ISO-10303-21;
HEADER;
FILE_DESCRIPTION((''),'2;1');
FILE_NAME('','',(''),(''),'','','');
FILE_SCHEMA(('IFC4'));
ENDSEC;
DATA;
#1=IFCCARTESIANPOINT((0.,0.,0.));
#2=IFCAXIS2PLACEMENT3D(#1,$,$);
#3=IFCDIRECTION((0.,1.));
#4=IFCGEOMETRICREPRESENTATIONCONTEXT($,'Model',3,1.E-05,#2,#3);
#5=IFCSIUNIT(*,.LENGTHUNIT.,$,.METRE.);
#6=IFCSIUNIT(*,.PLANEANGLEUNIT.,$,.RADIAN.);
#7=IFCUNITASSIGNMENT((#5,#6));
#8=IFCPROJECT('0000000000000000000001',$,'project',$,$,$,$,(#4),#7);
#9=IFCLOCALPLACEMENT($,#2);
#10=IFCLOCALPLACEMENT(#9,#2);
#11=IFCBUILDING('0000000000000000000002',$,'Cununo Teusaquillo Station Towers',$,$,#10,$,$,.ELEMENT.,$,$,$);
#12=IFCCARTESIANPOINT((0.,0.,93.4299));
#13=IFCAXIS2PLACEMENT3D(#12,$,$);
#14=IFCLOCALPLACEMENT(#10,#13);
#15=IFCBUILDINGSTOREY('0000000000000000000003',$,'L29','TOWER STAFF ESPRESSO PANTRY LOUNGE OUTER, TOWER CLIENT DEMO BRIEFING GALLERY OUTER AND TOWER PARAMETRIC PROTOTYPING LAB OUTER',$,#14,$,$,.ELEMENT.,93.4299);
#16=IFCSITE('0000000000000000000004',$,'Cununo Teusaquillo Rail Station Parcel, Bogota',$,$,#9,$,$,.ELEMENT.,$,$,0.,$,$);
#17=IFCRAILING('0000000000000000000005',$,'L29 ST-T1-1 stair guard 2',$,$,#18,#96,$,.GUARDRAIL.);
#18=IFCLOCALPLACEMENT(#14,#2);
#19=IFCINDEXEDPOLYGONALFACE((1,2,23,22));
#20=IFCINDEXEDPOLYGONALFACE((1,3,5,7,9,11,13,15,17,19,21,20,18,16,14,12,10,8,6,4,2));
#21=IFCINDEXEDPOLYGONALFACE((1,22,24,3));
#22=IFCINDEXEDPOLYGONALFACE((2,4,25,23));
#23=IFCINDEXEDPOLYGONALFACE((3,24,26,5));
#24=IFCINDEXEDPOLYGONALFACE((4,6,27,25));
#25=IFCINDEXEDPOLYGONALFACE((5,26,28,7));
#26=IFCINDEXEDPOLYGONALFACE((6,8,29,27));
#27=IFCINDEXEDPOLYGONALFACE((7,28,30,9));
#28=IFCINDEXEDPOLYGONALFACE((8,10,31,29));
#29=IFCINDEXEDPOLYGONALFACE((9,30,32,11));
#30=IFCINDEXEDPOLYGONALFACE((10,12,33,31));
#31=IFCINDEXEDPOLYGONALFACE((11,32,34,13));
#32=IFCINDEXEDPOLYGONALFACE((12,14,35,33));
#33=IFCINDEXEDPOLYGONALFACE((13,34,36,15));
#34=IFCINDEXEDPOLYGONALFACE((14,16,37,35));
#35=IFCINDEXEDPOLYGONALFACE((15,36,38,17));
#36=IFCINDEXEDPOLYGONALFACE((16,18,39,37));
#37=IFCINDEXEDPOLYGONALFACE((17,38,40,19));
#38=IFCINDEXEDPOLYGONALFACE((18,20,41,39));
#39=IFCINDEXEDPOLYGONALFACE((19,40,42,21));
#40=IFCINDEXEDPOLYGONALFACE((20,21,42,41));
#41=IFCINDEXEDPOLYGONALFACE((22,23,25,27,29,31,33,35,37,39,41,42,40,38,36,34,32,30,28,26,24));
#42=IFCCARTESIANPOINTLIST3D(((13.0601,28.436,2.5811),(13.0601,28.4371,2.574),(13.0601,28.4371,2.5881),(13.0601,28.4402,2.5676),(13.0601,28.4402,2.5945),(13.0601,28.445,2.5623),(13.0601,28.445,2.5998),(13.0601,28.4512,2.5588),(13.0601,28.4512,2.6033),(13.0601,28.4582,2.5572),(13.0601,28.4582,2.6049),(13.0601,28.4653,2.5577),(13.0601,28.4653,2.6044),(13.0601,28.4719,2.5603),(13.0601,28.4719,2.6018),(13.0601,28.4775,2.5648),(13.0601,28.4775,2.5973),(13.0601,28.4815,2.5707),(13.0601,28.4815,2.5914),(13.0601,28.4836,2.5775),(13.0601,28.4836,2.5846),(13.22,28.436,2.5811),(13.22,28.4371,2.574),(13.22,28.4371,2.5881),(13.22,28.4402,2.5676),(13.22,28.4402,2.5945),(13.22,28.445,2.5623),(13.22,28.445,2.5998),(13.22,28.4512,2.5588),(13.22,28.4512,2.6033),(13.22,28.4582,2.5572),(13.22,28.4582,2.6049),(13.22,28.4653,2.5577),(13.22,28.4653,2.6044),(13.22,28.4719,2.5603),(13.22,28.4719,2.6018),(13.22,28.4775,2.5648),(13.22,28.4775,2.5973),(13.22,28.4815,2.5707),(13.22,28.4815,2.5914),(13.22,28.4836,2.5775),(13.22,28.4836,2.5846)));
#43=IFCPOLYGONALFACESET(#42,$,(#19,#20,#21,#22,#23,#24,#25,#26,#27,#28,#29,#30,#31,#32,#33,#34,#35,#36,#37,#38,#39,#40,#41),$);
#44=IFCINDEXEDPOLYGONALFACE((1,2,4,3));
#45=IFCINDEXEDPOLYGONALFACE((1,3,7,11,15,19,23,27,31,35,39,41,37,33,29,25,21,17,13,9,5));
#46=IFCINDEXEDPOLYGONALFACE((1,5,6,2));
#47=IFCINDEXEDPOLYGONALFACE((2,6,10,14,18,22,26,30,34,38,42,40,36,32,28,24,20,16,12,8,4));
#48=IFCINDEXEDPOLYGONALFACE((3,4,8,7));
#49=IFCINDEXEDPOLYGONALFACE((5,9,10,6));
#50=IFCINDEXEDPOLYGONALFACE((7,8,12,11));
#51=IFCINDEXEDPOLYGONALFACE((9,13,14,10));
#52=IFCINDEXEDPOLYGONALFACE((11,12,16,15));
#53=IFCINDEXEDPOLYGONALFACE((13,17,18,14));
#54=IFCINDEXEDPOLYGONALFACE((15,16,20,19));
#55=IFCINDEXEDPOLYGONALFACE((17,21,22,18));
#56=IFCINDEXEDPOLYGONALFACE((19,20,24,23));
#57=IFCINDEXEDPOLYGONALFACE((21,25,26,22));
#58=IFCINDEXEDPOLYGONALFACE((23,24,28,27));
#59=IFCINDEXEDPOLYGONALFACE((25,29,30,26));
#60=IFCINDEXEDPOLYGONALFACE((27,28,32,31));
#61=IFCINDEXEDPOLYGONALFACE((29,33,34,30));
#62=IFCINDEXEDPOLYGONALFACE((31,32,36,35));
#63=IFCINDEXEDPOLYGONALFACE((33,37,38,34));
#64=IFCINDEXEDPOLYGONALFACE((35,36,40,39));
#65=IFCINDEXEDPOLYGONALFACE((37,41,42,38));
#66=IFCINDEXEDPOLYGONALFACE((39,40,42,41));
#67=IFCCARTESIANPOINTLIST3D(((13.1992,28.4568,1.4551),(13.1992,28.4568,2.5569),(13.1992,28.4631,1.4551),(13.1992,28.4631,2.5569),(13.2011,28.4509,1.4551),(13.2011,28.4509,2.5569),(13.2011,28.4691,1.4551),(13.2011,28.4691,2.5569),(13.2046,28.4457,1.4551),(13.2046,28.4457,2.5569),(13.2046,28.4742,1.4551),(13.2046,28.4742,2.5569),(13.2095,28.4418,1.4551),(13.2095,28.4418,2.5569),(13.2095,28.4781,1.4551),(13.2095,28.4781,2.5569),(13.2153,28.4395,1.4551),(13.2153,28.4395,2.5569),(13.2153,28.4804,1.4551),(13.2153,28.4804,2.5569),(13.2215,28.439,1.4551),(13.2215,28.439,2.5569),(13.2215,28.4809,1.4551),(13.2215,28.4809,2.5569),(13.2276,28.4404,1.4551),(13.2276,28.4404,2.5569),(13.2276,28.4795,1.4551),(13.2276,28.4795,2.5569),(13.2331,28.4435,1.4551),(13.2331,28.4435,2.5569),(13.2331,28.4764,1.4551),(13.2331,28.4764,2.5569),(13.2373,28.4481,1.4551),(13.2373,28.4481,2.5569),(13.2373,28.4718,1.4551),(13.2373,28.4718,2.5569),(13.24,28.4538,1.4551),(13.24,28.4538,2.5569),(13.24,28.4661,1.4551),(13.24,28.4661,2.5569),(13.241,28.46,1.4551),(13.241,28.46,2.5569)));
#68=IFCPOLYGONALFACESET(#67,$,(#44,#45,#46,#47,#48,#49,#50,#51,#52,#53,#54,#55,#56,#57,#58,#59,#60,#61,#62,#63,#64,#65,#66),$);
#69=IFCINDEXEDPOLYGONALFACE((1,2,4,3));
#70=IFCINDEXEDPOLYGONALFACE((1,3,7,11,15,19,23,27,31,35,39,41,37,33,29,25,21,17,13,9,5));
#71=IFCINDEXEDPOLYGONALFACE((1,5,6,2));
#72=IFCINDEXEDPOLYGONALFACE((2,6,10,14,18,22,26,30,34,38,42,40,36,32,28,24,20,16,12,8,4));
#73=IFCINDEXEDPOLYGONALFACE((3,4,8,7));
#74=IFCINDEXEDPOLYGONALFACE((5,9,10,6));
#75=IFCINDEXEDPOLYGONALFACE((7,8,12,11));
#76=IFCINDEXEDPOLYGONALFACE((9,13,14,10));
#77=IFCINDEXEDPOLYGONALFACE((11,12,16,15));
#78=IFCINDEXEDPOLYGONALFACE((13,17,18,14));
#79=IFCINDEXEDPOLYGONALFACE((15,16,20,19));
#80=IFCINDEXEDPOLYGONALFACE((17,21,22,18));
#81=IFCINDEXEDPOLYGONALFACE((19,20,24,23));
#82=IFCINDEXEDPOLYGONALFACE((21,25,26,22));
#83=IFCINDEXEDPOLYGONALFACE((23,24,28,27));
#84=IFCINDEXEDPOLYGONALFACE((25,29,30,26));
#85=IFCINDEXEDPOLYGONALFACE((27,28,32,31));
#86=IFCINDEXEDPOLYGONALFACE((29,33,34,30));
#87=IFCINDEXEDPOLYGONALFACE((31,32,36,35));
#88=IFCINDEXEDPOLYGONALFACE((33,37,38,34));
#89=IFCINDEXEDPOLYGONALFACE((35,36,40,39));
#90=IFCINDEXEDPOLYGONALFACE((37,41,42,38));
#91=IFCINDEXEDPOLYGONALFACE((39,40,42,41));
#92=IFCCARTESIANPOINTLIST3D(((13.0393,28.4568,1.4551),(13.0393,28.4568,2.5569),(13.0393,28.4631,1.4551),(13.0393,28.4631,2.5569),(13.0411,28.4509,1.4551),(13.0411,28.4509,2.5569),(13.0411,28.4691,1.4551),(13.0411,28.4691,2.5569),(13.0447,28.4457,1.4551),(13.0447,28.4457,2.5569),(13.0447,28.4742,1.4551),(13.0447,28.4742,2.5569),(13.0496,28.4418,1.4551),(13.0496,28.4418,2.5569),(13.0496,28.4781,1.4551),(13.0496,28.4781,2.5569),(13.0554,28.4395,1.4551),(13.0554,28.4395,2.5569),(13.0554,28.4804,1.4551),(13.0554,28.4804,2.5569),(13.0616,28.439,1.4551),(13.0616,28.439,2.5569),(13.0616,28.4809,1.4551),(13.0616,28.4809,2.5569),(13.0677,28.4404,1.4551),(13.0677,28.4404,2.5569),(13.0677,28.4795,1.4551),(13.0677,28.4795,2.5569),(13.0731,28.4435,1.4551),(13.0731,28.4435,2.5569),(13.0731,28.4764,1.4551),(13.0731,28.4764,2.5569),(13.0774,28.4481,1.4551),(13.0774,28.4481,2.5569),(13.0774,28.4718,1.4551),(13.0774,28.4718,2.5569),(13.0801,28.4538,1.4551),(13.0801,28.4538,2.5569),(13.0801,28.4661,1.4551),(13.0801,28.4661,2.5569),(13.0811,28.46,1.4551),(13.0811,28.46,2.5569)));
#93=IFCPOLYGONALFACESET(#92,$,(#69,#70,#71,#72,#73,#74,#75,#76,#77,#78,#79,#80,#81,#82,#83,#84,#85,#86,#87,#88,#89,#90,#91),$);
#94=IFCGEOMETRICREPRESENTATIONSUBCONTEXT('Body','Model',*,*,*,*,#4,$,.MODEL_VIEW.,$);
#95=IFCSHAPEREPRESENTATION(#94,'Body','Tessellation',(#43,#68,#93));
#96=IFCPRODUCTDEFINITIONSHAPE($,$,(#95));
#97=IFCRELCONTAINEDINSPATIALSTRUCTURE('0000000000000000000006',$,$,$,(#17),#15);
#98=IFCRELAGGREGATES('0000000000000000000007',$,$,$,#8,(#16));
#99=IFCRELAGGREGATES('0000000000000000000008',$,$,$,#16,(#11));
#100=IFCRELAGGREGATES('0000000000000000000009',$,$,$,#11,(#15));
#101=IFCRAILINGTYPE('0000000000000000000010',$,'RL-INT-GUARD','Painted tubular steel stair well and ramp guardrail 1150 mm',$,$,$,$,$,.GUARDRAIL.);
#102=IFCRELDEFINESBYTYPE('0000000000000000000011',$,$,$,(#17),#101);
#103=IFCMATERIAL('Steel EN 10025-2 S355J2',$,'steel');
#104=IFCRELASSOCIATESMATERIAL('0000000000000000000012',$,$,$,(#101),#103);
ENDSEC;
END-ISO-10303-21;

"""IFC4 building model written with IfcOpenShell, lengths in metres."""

from ifc_helpers import new_model, si_unit, direction, frame, origin, origin_2d, place, context, subcontext, project, spatial, circle, extrude, material, type_object, element, save


model = new_model("IFC4")

# Units and contexts
model_context = context("Model", 3, precision=1e-05, world=origin(), true_north=direction((0.0, 1.0)))
body_context = subcontext(model_context, "Body", "Model", "MODEL_VIEW")
ifc_project = project(units=[si_unit("LENGTHUNIT", "METRE"), si_unit("PLANEANGLEUNIT", "RADIAN")], contexts=[model_context])

# Site, building, storey
site_placement = place(None, origin())
site = spatial("IfcSite", under=ifc_project, at=site_placement, Name="Cununo Teusaquillo Rail Station Parcel, Bogota", CompositionType="ELEMENT", RefElevation=0.0)
building_placement = place(site_placement, origin())
building = spatial("IfcBuilding", under=site, at=building_placement, Name="Cununo Teusaquillo Station Towers", CompositionType="ELEMENT")
storey_placement = place(building_placement, frame((0.0, 0.0, 93.4299)))
storey = spatial("IfcBuildingStorey", under=building, at=storey_placement, Name="L29", Description="TOWER STAFF ESPRESSO PANTRY LOUNGE OUTER, TOWER CLIENT DEMO BRIEFING GALLERY OUTER AND TOWER PARAMETRIC PROTOTYPING LAB OUTER", CompositionType="ELEMENT", Elevation=93.4299)

# Railing
ifc_material_1 = material(Name="Steel EN 10025-2 S355J2", Category="steel")
railing_type_1 = type_object("IfcRailingType", Name="RL-INT-GUARD", Description="Painted tubular steel stair well and ramp guardrail 1150 mm", PredefinedType="GUARDRAIL", material=ifc_material_1)
railing_1_placement = place(storey_placement, frame((13.22, 28.46, 1.4551)))
element("IfcRailing", 1, at=railing_1_placement, inside=storey, type_object=railing_type_1, Name="L29 ST-T1-1 stair guard 2", PredefinedType="GUARDRAIL", context=body_context, shape_type="SweptSolid", body=[
    extrude(circle(Radius=0.0239, at=origin_2d()), frame((0.0, 0.0, 1.126), z_axis=(-1.0, 0.0, 0.0), x_axis=(0.0, -1.0, 0.0)), (0.0, 0.0, 1.0), 0.1599),
    extrude(circle(Radius=0.021, at=origin_2d()), origin(), (0.0, 0.0, 1.0), 1.1018),
    extrude(circle(Radius=0.021, at=origin_2d()), frame((-0.1599, 0.0, 0.0)), (0.0, 0.0, 1.0), 1.1018),
])

save(model, "model.ifc")
